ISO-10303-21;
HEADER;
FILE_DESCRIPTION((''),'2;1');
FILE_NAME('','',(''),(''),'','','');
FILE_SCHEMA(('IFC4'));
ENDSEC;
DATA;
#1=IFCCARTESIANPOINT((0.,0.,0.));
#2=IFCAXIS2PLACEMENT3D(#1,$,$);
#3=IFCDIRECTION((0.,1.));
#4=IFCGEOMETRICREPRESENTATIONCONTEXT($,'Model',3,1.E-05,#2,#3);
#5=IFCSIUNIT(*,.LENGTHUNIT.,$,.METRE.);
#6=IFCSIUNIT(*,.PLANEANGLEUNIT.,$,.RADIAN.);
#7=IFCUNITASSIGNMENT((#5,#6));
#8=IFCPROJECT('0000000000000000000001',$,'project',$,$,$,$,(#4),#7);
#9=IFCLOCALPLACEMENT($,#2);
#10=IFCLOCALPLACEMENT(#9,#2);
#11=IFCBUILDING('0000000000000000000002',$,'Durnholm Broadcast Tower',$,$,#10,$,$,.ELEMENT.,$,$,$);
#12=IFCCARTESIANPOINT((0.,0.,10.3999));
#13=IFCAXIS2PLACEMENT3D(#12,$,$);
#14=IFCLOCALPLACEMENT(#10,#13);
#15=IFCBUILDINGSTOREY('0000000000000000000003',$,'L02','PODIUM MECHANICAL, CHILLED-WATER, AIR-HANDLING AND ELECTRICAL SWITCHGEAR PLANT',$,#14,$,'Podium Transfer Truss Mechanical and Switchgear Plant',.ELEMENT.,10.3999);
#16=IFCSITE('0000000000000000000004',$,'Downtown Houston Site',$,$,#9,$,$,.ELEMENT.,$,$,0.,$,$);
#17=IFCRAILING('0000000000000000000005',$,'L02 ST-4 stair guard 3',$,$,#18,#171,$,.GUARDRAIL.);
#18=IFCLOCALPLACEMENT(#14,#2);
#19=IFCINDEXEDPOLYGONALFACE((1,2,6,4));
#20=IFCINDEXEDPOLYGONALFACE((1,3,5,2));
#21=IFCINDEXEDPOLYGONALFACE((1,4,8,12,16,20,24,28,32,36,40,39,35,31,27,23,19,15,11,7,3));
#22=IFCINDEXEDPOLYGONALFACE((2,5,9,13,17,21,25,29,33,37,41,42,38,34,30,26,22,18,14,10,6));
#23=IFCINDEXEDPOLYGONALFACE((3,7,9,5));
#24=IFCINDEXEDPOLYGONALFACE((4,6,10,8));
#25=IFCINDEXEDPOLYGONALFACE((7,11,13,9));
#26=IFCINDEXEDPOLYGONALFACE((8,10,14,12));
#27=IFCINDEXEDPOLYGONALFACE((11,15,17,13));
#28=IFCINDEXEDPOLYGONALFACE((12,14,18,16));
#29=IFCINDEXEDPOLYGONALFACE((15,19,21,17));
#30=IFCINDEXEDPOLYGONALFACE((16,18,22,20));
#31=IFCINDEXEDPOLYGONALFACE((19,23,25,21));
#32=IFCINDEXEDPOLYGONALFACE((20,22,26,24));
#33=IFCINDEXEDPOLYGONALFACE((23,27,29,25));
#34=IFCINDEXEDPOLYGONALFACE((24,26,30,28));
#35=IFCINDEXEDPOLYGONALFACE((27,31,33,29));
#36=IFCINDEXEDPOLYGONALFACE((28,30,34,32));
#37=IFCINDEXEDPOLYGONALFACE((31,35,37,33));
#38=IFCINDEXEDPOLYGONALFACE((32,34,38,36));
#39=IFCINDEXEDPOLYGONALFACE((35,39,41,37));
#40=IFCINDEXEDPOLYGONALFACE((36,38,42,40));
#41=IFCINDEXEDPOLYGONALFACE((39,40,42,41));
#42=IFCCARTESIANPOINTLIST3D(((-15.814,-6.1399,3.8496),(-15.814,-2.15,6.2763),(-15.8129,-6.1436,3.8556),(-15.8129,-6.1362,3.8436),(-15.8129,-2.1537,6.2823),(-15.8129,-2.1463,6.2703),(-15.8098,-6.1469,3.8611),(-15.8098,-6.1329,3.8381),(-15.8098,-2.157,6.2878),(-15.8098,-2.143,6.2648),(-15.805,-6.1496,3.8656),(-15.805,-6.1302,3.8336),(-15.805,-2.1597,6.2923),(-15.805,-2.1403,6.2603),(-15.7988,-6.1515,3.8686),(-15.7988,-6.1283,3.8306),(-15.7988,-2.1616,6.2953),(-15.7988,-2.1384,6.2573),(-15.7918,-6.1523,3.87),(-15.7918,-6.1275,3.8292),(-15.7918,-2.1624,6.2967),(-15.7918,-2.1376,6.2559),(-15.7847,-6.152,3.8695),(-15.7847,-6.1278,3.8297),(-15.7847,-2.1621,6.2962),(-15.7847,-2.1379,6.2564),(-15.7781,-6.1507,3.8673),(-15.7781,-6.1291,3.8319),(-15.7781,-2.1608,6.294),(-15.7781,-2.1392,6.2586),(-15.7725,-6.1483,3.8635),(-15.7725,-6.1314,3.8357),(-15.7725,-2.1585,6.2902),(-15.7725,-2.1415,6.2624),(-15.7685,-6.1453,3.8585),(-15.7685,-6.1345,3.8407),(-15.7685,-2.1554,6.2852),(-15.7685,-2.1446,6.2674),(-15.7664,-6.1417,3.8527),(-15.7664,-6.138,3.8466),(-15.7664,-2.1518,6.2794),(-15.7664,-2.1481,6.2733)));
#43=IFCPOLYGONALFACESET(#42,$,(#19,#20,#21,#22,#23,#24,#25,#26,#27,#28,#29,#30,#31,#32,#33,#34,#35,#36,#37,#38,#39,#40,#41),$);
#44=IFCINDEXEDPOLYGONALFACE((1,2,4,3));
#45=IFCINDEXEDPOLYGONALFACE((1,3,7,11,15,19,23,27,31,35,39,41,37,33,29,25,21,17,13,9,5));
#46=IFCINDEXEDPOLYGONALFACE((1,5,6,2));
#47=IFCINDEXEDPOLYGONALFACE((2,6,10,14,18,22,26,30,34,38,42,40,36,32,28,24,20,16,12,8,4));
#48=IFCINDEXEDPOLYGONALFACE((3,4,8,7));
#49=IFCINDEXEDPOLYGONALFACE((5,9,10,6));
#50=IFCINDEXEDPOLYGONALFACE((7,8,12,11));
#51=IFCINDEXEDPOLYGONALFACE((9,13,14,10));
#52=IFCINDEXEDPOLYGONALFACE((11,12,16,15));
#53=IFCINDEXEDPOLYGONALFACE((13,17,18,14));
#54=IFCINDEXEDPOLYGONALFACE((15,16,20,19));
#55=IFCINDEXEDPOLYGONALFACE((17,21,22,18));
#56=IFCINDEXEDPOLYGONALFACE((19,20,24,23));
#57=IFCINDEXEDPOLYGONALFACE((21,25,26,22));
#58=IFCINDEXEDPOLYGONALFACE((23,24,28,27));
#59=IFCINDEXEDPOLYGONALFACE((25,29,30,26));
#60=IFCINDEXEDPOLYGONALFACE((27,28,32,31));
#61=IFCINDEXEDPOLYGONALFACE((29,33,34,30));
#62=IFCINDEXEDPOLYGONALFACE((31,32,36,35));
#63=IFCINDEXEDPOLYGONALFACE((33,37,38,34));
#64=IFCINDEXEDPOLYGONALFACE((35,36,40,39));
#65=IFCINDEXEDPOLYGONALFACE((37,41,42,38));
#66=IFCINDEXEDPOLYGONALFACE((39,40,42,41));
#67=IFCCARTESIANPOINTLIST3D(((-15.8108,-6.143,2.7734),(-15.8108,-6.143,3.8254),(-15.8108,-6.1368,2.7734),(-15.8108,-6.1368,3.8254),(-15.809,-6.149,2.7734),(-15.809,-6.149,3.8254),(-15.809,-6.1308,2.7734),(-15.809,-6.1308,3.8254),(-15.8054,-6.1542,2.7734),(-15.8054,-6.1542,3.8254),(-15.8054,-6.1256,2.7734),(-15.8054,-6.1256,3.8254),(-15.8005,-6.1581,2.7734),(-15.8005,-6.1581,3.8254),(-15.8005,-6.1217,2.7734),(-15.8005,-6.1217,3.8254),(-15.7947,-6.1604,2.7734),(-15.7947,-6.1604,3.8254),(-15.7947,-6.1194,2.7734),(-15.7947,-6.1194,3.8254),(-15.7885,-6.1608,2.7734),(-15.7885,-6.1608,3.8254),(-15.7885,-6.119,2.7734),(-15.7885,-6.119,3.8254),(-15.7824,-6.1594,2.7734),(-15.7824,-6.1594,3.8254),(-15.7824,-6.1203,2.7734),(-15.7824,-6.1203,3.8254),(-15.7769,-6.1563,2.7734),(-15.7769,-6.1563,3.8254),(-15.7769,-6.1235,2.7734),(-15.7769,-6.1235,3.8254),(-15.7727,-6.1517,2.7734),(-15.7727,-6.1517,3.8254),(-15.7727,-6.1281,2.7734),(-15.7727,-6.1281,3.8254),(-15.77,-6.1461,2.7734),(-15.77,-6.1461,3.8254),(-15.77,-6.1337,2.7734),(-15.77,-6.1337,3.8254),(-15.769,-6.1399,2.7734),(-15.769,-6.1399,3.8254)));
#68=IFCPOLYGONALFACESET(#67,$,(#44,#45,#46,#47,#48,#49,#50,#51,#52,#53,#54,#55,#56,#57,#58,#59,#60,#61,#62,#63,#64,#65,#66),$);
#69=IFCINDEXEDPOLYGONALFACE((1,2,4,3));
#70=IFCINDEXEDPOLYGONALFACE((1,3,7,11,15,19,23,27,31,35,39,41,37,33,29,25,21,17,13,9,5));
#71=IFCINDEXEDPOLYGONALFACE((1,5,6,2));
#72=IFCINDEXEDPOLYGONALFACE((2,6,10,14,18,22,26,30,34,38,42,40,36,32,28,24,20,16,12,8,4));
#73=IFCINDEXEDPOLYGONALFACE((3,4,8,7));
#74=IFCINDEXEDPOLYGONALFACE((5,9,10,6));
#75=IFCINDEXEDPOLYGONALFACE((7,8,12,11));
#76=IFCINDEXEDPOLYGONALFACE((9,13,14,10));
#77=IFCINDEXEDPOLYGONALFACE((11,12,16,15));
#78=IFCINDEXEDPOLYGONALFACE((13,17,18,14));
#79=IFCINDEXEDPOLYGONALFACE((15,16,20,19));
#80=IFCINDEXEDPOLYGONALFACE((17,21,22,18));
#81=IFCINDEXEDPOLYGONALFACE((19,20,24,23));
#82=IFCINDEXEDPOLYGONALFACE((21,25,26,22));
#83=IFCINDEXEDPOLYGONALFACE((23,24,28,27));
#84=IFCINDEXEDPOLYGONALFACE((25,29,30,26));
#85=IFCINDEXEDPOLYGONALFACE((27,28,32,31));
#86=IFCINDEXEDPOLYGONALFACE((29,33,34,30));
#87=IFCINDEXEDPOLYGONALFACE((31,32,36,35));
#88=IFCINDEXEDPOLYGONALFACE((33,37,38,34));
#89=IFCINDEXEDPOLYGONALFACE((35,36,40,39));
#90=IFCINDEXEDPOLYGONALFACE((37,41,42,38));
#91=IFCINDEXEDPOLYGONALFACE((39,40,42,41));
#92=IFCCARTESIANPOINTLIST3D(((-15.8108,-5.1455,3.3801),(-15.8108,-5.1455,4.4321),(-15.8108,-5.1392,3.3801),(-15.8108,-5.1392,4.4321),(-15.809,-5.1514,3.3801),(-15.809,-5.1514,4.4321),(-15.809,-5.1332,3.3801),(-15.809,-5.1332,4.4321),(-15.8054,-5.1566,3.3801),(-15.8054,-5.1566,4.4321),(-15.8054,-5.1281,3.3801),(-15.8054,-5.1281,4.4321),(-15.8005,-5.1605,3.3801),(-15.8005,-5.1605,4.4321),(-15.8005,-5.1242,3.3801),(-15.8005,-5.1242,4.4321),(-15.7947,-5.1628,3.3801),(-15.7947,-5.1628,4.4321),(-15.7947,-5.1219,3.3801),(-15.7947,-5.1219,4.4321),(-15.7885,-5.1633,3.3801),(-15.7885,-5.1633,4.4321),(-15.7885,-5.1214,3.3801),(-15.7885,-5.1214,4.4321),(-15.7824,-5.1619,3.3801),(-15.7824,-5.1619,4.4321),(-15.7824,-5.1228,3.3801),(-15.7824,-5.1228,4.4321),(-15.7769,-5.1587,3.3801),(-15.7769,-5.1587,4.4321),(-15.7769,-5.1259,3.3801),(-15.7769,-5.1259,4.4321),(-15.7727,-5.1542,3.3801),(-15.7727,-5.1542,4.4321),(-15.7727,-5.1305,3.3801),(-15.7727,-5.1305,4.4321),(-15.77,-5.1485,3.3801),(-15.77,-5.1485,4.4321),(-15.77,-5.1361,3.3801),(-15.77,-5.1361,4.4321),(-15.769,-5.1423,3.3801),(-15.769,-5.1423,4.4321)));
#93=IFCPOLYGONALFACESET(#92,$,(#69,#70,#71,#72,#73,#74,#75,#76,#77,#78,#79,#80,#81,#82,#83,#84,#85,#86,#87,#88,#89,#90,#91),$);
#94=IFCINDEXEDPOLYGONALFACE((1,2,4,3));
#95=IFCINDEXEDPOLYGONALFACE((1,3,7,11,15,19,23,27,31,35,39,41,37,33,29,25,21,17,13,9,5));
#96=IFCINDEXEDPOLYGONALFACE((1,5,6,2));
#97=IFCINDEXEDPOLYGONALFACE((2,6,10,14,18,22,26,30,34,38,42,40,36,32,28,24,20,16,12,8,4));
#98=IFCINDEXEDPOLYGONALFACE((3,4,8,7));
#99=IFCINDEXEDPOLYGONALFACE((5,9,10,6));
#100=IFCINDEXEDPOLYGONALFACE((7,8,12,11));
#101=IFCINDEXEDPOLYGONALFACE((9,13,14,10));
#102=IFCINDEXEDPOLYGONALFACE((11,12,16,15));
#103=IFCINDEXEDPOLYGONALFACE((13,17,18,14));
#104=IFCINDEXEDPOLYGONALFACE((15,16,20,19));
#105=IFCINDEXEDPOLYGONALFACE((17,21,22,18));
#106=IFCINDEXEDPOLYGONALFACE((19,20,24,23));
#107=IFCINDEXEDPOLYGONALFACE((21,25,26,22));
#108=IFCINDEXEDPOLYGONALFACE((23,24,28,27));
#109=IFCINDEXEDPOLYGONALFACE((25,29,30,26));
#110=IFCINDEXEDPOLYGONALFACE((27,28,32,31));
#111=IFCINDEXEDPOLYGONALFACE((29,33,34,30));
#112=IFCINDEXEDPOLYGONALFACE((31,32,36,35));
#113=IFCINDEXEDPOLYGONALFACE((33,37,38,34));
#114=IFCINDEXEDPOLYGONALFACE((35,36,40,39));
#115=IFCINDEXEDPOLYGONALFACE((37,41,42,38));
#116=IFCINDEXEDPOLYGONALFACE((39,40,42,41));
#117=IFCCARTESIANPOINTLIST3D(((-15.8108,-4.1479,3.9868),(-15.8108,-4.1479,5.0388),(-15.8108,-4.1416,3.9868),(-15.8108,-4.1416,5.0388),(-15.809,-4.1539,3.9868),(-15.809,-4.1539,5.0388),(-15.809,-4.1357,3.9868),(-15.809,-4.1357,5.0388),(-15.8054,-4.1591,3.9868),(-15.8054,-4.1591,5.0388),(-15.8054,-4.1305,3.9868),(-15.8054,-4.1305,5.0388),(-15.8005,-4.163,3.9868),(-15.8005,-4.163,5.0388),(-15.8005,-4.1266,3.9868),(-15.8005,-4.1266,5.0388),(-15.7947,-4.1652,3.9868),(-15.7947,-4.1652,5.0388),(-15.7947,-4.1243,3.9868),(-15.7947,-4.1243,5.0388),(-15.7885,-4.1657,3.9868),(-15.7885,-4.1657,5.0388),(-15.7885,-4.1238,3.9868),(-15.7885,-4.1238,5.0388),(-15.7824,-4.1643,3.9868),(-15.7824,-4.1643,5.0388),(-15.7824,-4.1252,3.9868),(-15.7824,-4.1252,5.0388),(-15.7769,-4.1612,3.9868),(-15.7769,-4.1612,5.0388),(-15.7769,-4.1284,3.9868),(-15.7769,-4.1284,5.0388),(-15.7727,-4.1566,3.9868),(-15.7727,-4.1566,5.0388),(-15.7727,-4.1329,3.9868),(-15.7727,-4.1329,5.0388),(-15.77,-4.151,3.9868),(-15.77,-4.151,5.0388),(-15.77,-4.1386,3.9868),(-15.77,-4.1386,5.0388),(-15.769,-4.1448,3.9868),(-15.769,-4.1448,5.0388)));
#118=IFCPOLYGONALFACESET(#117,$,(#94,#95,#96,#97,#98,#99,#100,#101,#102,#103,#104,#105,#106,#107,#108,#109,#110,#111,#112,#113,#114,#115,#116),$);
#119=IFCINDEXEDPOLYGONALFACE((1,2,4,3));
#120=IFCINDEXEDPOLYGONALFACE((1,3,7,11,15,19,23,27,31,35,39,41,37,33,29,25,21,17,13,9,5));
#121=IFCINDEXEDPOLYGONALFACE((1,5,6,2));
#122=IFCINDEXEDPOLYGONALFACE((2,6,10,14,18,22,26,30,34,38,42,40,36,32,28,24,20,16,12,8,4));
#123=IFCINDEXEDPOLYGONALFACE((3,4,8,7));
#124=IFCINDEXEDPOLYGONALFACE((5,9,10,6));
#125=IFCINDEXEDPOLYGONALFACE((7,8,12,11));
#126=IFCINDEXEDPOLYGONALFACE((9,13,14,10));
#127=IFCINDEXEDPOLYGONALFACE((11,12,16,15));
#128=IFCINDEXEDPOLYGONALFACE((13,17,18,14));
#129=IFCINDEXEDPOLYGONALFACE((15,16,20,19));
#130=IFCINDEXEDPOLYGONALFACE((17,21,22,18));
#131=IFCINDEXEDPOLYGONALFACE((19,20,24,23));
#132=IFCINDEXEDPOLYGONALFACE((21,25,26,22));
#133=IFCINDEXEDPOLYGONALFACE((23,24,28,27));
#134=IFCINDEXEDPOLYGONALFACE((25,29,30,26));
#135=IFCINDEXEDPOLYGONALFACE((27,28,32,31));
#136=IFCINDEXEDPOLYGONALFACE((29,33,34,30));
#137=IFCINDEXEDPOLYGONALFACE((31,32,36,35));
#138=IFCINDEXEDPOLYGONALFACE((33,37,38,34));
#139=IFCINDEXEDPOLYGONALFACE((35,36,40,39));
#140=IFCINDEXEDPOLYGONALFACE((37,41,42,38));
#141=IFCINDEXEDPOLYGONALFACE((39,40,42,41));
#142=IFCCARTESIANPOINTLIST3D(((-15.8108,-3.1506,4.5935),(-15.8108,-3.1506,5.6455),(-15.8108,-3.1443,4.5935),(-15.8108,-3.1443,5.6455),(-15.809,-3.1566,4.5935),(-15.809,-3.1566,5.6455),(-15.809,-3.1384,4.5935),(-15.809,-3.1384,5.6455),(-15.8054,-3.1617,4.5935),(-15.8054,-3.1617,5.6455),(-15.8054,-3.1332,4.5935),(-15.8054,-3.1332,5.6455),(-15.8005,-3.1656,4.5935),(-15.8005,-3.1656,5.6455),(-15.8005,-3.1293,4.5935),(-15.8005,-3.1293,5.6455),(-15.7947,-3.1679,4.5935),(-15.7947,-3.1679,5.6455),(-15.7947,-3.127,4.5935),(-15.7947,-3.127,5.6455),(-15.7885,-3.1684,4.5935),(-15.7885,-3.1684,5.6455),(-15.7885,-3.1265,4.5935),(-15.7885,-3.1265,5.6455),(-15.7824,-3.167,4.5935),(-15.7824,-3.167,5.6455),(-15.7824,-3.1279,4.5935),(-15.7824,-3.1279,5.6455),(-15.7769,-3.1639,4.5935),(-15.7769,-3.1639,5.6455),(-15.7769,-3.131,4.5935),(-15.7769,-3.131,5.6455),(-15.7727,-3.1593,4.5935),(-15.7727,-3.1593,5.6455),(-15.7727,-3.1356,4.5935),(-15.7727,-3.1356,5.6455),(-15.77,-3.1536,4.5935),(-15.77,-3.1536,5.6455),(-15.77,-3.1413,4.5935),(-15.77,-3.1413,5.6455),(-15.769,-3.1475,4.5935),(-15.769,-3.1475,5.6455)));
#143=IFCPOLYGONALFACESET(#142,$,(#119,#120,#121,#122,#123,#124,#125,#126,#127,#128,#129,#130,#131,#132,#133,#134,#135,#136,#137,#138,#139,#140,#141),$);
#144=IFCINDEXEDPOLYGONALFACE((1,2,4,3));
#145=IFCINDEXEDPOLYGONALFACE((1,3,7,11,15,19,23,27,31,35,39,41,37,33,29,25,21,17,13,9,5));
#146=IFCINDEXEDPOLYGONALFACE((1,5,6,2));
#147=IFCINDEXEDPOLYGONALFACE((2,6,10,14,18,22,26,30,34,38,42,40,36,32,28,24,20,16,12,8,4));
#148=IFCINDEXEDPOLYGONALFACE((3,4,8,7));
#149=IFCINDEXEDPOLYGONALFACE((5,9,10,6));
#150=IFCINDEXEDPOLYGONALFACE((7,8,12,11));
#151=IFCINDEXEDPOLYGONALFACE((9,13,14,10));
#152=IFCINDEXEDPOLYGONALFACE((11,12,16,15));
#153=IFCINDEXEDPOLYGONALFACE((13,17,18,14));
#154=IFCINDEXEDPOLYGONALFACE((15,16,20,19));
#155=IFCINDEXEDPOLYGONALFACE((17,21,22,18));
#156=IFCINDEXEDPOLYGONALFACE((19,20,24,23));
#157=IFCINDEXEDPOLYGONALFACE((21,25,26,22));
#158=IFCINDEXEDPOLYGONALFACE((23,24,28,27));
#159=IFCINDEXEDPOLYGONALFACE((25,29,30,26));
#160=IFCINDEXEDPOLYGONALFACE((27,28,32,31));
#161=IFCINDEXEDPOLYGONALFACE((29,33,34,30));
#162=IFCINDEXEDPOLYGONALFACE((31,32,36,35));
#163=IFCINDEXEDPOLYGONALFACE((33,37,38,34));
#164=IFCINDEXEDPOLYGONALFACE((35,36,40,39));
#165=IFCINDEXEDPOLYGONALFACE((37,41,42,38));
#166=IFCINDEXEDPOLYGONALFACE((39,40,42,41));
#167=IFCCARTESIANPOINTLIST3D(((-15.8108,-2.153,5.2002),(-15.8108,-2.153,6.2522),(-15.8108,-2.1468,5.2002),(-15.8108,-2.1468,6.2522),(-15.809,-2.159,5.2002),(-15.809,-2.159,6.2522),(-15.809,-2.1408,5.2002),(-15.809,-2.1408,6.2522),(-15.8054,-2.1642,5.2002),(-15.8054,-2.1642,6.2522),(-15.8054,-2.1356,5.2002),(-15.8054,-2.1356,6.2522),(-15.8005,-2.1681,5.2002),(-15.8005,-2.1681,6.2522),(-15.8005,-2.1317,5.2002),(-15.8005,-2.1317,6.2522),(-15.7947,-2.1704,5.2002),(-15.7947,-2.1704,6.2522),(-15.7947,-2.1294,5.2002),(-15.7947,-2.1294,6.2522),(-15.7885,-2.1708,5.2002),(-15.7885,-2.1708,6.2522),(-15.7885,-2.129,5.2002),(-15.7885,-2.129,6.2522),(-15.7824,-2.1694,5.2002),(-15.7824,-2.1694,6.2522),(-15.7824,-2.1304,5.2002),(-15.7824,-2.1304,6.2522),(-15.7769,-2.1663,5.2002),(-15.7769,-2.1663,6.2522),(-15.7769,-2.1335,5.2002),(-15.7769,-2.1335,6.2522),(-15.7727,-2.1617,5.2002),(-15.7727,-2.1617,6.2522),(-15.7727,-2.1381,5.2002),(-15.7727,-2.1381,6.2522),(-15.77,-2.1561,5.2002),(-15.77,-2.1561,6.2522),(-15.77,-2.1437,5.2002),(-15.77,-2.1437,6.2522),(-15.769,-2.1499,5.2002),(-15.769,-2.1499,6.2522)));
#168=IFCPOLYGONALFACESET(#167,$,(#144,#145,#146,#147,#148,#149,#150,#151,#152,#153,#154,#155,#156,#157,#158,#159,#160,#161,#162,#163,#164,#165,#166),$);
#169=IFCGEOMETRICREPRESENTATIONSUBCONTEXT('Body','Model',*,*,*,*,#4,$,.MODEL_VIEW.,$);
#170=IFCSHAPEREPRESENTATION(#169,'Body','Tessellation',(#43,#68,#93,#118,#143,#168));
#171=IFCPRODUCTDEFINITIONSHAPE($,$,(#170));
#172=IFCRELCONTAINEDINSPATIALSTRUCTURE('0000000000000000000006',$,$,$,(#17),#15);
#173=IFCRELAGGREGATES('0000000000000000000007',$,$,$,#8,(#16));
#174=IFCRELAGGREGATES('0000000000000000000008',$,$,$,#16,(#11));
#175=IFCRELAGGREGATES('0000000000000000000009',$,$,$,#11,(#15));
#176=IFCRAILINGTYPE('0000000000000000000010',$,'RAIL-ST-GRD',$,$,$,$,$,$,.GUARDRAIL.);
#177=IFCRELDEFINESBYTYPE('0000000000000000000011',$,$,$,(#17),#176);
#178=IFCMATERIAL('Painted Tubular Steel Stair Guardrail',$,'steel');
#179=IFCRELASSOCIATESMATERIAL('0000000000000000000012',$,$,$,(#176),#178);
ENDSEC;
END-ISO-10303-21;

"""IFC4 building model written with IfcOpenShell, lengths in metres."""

from ifc_helpers import new_model, si_unit, direction, frame, origin, origin_2d, place, context, subcontext, project, spatial, circle, extrude, material, type_object, element, save


model = new_model("IFC4")

# Units and contexts
model_context = context("Model", 3, precision=1e-05, world=origin(), true_north=direction((0.0, 1.0)))
body_context = subcontext(model_context, "Body", "Model", "MODEL_VIEW")
ifc_project = project(units=[si_unit("LENGTHUNIT", "METRE"), si_unit("PLANEANGLEUNIT", "RADIAN")], contexts=[model_context])

# Site, building, storey
site_placement = place(None, origin())
site = spatial("IfcSite", under=ifc_project, at=site_placement, Name="Downtown Houston Site", CompositionType="ELEMENT", RefElevation=0.0)
building_placement = place(site_placement, origin())
building = spatial("IfcBuilding", under=site, at=building_placement, Name="Durnholm Broadcast Tower", CompositionType="ELEMENT")
storey_placement = place(building_placement, frame((0.0, 0.0, 10.3999)))
storey = spatial("IfcBuildingStorey", under=building, at=storey_placement, Name="L02", Description="PODIUM MECHANICAL, CHILLED-WATER, AIR-HANDLING AND ELECTRICAL SWITCHGEAR PLANT", LongName="Podium Transfer Truss Mechanical and Switchgear Plant", CompositionType="ELEMENT", Elevation=10.3999)

# Railing
ifc_material_1 = material(Name="Painted Tubular Steel Stair Guardrail", Category="steel")
railing_type_1 = type_object("IfcRailingType", Name="RAIL-ST-GRD", PredefinedType="GUARDRAIL", material=ifc_material_1)
railing_1_placement = place(storey_placement, frame((-15.79, -6.1399, 2.7734)))
element("IfcRailing", 1, at=railing_1_placement, inside=storey, type_object=railing_type_1, Name="L02 ST-4 stair guard 3", PredefinedType="GUARDRAIL", context=body_context, shape_type="SweptSolid", body=[
    extrude(circle(Radius=0.0239, at=origin_2d()), frame((0.0, 0.0, 1.0762), z_axis=(0.0, 0.854382, 0.519645), x_axis=(-1.0, 0.0, 0.0)), (0.0, 0.0, 1.0), 4.6699),
    extrude(circle(Radius=0.021, at=origin_2d()), origin(), (0.0, 0.0, 1.0), 1.052),
    extrude(circle(Radius=0.021, at=origin_2d()), frame((0.0, 0.9976, 0.6067)), (0.0, 0.0, 1.0), 1.052),
    extrude(circle(Radius=0.021, at=origin_2d()), frame((0.0, 1.9951, 1.2134)), (0.0, 0.0, 1.0), 1.052),
    extrude(circle(Radius=0.021, at=origin_2d()), frame((0.0, 2.9924, 1.8201)), (0.0, 0.0, 1.0), 1.052),
    extrude(circle(Radius=0.021, at=origin_2d()), frame((0.0, 3.99, 2.4268)), (0.0, 0.0, 1.0), 1.052),
])

save(model, "model.ifc")
